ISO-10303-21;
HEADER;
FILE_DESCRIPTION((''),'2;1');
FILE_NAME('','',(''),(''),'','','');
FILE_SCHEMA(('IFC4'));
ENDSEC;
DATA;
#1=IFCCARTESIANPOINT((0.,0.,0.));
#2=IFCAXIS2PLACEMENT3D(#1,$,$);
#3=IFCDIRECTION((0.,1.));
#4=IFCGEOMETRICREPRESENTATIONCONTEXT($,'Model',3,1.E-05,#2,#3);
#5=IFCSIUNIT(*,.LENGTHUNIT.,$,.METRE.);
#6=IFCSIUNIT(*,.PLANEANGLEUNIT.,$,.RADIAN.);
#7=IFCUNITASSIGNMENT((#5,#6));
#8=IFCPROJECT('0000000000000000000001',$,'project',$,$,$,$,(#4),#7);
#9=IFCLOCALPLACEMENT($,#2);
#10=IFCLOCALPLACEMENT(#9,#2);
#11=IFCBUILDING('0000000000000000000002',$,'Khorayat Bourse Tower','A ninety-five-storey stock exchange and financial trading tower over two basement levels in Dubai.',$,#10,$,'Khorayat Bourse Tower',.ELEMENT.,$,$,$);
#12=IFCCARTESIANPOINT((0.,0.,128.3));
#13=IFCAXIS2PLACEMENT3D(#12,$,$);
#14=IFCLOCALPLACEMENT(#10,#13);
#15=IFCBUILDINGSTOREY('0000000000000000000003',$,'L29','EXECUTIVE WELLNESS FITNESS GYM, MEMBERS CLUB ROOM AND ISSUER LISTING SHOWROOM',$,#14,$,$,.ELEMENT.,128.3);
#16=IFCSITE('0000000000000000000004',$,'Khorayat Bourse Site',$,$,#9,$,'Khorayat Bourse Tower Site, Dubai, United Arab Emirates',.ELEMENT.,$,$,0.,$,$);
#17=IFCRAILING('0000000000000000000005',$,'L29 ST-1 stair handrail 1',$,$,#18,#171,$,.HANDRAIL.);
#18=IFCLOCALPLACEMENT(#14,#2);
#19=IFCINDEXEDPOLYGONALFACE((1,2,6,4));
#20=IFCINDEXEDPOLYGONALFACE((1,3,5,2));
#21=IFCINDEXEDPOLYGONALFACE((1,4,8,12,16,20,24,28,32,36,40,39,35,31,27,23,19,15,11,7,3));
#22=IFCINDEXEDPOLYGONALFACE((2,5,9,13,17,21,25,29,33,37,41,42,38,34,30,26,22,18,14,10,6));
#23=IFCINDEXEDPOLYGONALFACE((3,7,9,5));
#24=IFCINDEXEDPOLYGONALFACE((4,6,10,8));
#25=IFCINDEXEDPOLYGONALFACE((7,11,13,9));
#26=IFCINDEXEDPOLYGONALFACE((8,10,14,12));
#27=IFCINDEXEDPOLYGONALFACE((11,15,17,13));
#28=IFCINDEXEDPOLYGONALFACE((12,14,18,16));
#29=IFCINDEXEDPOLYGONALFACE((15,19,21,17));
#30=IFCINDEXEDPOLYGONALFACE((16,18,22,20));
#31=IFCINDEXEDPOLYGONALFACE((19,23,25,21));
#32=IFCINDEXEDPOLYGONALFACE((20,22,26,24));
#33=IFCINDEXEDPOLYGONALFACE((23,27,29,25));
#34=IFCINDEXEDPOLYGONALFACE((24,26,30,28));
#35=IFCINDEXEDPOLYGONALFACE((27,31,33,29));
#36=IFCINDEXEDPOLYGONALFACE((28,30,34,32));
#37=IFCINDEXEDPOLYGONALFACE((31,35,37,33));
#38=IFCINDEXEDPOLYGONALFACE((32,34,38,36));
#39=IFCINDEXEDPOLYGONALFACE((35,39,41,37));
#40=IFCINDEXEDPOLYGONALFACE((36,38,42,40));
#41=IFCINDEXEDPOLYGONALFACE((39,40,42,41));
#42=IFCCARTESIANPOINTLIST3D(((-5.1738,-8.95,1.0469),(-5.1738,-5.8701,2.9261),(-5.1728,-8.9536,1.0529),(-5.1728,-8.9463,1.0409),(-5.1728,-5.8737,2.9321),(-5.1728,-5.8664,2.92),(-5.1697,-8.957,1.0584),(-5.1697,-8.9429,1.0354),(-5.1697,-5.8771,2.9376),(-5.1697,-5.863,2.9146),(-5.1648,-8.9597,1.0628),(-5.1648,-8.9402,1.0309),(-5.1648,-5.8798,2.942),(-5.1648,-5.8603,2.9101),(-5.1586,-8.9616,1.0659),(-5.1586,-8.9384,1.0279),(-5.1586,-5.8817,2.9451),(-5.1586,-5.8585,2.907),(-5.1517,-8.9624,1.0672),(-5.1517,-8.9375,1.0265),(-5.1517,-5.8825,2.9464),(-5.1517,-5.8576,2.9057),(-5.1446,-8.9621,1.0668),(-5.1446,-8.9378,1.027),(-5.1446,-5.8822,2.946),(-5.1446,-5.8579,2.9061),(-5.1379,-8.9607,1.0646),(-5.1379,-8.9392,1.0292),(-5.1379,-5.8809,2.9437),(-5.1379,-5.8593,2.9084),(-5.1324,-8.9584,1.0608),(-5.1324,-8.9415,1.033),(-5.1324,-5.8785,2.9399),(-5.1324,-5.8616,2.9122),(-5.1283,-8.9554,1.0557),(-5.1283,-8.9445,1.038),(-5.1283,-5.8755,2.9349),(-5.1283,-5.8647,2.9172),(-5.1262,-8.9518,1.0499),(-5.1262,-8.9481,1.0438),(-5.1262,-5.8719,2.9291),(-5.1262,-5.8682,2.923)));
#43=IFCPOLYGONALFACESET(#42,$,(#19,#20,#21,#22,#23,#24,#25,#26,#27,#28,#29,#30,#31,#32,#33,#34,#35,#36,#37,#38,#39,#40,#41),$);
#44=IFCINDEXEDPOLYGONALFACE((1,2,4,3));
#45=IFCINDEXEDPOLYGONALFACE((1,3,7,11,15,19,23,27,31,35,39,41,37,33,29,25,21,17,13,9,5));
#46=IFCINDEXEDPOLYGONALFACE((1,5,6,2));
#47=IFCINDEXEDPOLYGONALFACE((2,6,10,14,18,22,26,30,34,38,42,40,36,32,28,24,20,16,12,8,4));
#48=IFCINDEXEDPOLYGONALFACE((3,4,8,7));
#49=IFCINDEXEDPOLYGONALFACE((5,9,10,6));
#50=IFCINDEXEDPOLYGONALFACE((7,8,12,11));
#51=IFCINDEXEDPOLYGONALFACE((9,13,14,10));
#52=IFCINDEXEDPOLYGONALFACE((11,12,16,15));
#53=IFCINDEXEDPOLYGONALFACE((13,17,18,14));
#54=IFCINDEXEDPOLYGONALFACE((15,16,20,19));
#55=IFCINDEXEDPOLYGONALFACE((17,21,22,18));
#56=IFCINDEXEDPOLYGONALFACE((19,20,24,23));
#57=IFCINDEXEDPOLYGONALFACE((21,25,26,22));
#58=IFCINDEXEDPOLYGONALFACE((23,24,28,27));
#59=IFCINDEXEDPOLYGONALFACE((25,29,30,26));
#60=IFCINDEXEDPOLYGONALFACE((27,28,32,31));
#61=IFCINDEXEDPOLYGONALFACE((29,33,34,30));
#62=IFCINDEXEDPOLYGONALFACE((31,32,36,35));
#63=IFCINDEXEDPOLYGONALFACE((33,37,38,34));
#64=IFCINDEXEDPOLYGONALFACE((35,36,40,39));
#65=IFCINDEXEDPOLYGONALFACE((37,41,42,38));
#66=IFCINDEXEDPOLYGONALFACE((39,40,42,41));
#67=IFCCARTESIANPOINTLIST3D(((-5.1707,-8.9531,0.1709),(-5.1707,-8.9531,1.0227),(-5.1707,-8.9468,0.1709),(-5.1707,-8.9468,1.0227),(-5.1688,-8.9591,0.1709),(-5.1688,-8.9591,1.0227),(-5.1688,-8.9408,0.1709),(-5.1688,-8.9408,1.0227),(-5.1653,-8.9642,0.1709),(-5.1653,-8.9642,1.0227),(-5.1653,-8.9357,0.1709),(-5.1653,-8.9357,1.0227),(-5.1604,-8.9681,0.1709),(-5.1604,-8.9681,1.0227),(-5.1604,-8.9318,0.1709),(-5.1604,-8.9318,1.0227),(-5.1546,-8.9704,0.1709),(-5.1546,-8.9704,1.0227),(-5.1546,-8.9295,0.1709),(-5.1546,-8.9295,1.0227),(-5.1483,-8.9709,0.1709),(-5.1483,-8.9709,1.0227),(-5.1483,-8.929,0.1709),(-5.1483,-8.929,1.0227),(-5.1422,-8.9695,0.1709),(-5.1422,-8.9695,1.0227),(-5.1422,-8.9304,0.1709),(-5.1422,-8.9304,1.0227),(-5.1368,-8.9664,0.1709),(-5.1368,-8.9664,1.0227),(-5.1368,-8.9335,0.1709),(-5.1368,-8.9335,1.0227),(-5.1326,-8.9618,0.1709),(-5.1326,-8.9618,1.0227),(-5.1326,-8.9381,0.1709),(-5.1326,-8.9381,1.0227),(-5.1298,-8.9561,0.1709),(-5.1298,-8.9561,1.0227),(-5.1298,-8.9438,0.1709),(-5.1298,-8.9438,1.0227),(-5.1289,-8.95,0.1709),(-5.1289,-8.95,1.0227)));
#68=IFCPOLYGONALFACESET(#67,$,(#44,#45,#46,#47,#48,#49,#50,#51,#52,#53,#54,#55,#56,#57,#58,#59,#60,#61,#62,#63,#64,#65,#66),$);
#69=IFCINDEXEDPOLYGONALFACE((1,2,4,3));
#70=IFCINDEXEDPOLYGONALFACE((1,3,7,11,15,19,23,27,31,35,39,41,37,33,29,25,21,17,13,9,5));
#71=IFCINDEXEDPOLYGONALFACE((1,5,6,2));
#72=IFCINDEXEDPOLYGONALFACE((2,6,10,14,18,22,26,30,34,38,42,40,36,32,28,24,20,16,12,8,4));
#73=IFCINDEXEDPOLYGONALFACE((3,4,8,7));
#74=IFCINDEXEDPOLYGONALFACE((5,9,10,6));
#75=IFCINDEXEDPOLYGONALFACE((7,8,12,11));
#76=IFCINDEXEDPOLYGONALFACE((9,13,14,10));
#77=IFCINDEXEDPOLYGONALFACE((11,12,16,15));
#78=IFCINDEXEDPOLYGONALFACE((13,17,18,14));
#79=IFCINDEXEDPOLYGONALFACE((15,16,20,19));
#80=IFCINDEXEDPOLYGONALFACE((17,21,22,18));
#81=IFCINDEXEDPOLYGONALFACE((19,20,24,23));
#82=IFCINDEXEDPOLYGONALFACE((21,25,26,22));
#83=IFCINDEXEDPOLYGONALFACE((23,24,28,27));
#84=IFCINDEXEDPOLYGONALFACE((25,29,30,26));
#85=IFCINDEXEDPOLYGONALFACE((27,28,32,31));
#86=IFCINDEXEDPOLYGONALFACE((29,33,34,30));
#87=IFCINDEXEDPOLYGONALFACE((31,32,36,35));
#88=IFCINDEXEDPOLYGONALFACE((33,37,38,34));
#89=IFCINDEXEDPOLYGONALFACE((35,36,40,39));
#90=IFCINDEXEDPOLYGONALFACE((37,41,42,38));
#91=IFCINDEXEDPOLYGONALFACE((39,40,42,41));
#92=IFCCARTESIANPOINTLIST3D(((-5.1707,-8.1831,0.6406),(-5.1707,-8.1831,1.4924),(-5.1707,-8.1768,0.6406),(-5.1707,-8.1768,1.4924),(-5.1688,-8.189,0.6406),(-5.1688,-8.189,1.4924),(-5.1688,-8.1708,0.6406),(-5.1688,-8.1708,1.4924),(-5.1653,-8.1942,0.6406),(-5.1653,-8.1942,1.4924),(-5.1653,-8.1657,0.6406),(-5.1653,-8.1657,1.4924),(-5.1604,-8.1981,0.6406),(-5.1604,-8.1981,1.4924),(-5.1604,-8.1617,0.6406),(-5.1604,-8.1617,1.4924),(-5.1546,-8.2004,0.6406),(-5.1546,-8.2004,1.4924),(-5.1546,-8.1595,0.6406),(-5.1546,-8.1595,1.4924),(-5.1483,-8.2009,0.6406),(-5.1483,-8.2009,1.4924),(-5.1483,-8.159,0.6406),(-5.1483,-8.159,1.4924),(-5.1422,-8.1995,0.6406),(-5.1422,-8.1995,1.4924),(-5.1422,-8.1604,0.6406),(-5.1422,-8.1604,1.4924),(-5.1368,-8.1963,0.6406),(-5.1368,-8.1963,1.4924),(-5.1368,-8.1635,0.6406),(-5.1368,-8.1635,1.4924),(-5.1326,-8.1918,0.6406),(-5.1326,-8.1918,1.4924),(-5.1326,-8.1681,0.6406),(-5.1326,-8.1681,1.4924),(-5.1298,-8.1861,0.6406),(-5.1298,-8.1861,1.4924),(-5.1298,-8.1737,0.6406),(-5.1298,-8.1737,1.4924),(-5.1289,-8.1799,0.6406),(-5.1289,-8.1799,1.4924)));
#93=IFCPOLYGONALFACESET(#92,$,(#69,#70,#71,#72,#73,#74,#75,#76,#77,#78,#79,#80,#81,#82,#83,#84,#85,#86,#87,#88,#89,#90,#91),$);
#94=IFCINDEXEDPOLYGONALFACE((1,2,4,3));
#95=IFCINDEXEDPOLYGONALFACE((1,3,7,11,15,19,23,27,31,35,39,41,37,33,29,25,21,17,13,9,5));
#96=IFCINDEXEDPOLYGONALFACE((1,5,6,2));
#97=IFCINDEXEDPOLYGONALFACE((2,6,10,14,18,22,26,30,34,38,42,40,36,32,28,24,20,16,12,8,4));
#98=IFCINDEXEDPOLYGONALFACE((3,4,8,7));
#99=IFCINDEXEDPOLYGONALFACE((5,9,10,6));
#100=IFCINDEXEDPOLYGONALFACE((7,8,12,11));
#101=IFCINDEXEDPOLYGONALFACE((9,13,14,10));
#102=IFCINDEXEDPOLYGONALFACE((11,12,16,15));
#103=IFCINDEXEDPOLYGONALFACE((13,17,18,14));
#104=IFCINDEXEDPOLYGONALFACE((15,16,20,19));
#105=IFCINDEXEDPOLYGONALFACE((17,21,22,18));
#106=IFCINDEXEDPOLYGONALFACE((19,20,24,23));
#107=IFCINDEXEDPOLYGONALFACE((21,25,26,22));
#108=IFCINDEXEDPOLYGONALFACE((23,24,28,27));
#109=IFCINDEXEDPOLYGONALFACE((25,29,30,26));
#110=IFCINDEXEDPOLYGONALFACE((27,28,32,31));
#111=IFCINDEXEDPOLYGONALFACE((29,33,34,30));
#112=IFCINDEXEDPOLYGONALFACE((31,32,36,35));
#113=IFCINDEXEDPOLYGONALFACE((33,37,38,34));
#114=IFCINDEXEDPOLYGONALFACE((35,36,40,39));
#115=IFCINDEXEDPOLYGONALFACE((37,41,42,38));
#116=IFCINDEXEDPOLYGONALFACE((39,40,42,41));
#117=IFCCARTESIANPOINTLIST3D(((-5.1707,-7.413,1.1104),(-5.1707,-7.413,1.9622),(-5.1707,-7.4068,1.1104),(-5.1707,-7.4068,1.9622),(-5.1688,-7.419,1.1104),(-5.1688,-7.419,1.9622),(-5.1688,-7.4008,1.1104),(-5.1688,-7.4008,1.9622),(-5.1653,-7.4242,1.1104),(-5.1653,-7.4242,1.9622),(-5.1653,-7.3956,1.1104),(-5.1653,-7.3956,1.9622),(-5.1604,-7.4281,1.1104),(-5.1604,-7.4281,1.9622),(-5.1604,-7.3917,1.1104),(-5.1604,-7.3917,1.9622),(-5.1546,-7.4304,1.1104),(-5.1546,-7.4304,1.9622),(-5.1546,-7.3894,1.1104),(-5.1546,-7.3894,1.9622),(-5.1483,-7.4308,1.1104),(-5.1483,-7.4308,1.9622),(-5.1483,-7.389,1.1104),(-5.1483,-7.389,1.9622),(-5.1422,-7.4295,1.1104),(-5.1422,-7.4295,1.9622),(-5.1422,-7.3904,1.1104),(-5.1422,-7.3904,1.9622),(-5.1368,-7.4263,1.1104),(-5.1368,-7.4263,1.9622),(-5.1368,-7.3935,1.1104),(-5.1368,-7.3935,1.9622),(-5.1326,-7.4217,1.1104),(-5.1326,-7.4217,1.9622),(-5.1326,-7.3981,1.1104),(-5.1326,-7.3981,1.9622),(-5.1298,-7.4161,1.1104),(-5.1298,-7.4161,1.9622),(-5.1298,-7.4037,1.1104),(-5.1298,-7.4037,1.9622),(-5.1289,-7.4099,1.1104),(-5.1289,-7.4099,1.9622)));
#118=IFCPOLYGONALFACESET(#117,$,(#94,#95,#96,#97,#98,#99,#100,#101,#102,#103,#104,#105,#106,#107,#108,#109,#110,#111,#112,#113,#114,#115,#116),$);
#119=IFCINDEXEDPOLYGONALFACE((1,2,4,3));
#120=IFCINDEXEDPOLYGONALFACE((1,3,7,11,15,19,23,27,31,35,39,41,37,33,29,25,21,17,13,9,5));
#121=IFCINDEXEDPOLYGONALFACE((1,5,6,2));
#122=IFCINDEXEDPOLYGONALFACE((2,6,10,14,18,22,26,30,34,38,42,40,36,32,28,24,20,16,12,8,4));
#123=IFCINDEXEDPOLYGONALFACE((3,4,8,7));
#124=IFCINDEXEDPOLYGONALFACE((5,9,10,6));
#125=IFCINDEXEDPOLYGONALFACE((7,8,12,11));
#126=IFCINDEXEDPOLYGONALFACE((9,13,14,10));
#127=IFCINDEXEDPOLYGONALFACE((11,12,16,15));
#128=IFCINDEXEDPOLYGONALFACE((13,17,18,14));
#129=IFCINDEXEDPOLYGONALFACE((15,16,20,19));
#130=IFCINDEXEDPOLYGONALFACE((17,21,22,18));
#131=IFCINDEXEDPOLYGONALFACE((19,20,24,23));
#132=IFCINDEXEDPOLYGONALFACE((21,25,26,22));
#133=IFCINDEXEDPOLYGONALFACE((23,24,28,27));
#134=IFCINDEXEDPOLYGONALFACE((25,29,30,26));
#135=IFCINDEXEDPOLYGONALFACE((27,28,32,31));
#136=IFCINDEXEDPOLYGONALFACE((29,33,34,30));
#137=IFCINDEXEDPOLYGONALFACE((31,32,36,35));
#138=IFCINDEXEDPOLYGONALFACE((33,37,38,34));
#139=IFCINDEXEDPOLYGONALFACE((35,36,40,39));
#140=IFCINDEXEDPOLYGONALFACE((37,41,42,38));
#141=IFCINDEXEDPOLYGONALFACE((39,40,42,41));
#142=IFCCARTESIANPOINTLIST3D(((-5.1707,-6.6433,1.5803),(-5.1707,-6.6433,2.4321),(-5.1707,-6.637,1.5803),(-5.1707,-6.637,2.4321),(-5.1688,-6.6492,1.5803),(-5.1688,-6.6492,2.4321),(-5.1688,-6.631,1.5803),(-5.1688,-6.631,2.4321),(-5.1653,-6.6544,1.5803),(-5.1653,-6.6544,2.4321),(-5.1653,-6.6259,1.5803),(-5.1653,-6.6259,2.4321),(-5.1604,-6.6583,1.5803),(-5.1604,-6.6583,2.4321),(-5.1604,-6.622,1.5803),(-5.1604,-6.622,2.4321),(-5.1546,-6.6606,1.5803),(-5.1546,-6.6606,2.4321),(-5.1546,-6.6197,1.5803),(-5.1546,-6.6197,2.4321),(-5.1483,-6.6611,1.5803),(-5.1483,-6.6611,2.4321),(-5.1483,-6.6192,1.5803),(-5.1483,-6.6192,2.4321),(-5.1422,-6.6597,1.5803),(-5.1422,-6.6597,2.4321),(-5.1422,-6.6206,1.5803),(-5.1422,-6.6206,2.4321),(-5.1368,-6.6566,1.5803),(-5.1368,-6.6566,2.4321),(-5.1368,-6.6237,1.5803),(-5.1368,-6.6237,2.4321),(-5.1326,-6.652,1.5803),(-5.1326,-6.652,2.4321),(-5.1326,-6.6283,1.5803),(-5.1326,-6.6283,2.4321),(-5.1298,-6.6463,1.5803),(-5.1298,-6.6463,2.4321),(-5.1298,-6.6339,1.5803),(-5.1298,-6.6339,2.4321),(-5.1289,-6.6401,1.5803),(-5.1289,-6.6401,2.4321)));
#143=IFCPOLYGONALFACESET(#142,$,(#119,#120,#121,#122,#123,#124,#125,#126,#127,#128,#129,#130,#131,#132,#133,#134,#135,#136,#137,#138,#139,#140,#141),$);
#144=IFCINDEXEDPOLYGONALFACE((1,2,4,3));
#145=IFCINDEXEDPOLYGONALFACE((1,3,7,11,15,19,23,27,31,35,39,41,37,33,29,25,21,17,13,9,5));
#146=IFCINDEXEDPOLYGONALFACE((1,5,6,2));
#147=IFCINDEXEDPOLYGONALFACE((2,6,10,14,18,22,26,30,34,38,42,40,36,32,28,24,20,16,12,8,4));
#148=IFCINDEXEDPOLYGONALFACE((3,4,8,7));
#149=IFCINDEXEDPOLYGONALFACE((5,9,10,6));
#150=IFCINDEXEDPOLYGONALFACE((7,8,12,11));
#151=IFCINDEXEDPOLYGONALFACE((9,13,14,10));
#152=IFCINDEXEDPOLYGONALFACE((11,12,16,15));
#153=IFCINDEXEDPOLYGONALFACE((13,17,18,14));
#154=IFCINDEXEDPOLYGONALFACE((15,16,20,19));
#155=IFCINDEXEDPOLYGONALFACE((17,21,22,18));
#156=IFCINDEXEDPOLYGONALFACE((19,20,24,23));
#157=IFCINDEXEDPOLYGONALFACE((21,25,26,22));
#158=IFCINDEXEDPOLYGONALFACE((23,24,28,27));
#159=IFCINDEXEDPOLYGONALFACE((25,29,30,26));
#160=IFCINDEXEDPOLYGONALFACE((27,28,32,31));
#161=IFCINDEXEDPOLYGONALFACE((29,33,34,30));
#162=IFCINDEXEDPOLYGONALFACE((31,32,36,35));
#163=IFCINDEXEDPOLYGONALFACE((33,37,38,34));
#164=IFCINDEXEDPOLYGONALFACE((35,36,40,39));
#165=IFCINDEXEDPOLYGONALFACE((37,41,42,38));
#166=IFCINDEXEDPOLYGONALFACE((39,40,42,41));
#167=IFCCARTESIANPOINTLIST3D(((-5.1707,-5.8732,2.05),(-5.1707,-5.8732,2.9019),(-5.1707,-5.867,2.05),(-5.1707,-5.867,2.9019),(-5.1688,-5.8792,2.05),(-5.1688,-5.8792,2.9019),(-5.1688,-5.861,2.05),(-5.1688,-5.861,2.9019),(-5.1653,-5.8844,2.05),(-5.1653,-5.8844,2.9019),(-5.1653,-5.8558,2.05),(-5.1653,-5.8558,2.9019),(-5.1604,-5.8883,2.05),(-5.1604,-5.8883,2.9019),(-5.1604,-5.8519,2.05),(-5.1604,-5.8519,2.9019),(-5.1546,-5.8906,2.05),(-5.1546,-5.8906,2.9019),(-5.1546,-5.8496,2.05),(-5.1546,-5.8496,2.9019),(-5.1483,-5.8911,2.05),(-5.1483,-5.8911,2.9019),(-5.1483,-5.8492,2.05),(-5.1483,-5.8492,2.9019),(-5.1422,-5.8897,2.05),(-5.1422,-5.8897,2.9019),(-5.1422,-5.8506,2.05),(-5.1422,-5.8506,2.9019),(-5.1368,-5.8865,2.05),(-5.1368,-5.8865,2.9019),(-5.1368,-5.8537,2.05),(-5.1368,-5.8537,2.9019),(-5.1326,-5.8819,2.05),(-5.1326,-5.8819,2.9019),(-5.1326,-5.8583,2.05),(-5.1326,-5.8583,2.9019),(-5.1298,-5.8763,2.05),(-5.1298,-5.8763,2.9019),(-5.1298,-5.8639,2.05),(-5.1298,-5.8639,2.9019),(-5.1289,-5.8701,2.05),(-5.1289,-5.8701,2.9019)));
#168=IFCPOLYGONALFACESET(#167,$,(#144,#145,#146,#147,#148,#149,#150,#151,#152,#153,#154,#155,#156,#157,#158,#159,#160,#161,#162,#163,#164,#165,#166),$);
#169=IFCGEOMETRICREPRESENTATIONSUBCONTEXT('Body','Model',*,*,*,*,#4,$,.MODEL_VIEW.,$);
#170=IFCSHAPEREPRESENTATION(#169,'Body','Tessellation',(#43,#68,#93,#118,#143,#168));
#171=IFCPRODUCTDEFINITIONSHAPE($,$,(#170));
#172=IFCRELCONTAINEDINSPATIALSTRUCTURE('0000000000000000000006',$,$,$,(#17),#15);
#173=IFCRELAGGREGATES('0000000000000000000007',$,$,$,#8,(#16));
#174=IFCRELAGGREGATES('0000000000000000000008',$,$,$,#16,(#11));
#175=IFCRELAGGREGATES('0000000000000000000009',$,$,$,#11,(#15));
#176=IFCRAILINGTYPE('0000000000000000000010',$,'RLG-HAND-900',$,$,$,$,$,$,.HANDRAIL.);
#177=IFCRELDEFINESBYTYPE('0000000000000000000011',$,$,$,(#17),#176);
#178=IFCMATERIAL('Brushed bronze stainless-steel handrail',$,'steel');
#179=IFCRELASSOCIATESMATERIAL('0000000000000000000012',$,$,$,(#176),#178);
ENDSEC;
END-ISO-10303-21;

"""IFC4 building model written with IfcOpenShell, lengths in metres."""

from ifc_helpers import new_model, si_unit, direction, frame, origin, origin_2d, place, context, subcontext, project, spatial, circle, extrude, source, transform, mapped, material, type_object, element, save


model = new_model("IFC4")

# Units and contexts
model_context = context("Model", 3, precision=1e-05, world=origin(), true_north=direction((0.0, 1.0)))
body_context = subcontext(model_context, "Body", "Model", "MODEL_VIEW")
ifc_project = project(units=[si_unit("LENGTHUNIT", "METRE"), si_unit("PLANEANGLEUNIT", "RADIAN")], contexts=[model_context])

# Site, building, storey
site_placement = place(None, origin())
site = spatial("IfcSite", under=ifc_project, at=site_placement, Name="Khorayat Bourse Site", LongName="Khorayat Bourse Tower Site, Dubai, United Arab Emirates", CompositionType="ELEMENT", RefElevation=0.0)
building_placement = place(site_placement, origin())
building = spatial("IfcBuilding", under=site, at=building_placement, Name="Khorayat Bourse Tower", Description="A ninety-five-storey stock exchange and financial trading tower over two basement levels in Dubai.", LongName="Khorayat Bourse Tower", CompositionType="ELEMENT")
storey_placement = place(building_placement, frame((0.0, 0.0, 128.3)))
storey = spatial("IfcBuildingStorey", under=building, at=storey_placement, Name="L29", Description="EXECUTIVE WELLNESS FITNESS GYM, MEMBERS CLUB ROOM AND ISSUER LISTING SHOWROOM", CompositionType="ELEMENT", Elevation=128.3)

# Railing
ifc_material_1 = material(Name="Brushed bronze stainless-steel handrail", Category="steel")
railing_type_1 = type_object("IfcRailingType", Name="RLG-HAND-900", PredefinedType="HANDRAIL", material=ifc_material_1)
shared_shape_1 = source(origin(), body_context, "Body", "SweptSolid", [
    extrude(circle(Radius=0.0239, at=origin_2d()), frame((0.0, 0.0, 0.876), z_axis=(0.0, 0.853648, 0.52085), x_axis=(-1.0, 0.0, 0.0)), (0.0, 0.0, 1.0), 3.6079),
    extrude(circle(Radius=0.021, at=origin_2d()), origin(), (0.0, 0.0, 1.0), 0.8518),
    extrude(circle(Radius=0.021, at=origin_2d()), frame((0.0, 0.77, 0.4697)), (0.0, 0.0, 1.0), 0.8518),
    extrude(circle(Radius=0.021, at=origin_2d()), frame((0.0, 1.54, 0.9395)), (0.0, 0.0, 1.0), 0.8518),
    extrude(circle(Radius=0.021, at=origin_2d()), frame((0.0, 2.3098, 1.4094)), (0.0, 0.0, 1.0), 0.8518),
    extrude(circle(Radius=0.021, at=origin_2d()), frame((0.0, 3.0798, 1.8792)), (0.0, 0.0, 1.0), 0.8518),
])
railing_1_placement = place(storey_placement, frame((-5.1499, -8.95, 0.1709)))
element("IfcRailing", 1, at=railing_1_placement, inside=storey, type_object=railing_type_1, Name="L29 ST-1 stair handrail 1", PredefinedType="HANDRAIL", context=body_context, shape_type="MappedRepresentation", body=[
    mapped(shared_shape_1, transform((0.0, 0.0, 0.0), scale=1.0)),
])

save(model, "model.ifc")
